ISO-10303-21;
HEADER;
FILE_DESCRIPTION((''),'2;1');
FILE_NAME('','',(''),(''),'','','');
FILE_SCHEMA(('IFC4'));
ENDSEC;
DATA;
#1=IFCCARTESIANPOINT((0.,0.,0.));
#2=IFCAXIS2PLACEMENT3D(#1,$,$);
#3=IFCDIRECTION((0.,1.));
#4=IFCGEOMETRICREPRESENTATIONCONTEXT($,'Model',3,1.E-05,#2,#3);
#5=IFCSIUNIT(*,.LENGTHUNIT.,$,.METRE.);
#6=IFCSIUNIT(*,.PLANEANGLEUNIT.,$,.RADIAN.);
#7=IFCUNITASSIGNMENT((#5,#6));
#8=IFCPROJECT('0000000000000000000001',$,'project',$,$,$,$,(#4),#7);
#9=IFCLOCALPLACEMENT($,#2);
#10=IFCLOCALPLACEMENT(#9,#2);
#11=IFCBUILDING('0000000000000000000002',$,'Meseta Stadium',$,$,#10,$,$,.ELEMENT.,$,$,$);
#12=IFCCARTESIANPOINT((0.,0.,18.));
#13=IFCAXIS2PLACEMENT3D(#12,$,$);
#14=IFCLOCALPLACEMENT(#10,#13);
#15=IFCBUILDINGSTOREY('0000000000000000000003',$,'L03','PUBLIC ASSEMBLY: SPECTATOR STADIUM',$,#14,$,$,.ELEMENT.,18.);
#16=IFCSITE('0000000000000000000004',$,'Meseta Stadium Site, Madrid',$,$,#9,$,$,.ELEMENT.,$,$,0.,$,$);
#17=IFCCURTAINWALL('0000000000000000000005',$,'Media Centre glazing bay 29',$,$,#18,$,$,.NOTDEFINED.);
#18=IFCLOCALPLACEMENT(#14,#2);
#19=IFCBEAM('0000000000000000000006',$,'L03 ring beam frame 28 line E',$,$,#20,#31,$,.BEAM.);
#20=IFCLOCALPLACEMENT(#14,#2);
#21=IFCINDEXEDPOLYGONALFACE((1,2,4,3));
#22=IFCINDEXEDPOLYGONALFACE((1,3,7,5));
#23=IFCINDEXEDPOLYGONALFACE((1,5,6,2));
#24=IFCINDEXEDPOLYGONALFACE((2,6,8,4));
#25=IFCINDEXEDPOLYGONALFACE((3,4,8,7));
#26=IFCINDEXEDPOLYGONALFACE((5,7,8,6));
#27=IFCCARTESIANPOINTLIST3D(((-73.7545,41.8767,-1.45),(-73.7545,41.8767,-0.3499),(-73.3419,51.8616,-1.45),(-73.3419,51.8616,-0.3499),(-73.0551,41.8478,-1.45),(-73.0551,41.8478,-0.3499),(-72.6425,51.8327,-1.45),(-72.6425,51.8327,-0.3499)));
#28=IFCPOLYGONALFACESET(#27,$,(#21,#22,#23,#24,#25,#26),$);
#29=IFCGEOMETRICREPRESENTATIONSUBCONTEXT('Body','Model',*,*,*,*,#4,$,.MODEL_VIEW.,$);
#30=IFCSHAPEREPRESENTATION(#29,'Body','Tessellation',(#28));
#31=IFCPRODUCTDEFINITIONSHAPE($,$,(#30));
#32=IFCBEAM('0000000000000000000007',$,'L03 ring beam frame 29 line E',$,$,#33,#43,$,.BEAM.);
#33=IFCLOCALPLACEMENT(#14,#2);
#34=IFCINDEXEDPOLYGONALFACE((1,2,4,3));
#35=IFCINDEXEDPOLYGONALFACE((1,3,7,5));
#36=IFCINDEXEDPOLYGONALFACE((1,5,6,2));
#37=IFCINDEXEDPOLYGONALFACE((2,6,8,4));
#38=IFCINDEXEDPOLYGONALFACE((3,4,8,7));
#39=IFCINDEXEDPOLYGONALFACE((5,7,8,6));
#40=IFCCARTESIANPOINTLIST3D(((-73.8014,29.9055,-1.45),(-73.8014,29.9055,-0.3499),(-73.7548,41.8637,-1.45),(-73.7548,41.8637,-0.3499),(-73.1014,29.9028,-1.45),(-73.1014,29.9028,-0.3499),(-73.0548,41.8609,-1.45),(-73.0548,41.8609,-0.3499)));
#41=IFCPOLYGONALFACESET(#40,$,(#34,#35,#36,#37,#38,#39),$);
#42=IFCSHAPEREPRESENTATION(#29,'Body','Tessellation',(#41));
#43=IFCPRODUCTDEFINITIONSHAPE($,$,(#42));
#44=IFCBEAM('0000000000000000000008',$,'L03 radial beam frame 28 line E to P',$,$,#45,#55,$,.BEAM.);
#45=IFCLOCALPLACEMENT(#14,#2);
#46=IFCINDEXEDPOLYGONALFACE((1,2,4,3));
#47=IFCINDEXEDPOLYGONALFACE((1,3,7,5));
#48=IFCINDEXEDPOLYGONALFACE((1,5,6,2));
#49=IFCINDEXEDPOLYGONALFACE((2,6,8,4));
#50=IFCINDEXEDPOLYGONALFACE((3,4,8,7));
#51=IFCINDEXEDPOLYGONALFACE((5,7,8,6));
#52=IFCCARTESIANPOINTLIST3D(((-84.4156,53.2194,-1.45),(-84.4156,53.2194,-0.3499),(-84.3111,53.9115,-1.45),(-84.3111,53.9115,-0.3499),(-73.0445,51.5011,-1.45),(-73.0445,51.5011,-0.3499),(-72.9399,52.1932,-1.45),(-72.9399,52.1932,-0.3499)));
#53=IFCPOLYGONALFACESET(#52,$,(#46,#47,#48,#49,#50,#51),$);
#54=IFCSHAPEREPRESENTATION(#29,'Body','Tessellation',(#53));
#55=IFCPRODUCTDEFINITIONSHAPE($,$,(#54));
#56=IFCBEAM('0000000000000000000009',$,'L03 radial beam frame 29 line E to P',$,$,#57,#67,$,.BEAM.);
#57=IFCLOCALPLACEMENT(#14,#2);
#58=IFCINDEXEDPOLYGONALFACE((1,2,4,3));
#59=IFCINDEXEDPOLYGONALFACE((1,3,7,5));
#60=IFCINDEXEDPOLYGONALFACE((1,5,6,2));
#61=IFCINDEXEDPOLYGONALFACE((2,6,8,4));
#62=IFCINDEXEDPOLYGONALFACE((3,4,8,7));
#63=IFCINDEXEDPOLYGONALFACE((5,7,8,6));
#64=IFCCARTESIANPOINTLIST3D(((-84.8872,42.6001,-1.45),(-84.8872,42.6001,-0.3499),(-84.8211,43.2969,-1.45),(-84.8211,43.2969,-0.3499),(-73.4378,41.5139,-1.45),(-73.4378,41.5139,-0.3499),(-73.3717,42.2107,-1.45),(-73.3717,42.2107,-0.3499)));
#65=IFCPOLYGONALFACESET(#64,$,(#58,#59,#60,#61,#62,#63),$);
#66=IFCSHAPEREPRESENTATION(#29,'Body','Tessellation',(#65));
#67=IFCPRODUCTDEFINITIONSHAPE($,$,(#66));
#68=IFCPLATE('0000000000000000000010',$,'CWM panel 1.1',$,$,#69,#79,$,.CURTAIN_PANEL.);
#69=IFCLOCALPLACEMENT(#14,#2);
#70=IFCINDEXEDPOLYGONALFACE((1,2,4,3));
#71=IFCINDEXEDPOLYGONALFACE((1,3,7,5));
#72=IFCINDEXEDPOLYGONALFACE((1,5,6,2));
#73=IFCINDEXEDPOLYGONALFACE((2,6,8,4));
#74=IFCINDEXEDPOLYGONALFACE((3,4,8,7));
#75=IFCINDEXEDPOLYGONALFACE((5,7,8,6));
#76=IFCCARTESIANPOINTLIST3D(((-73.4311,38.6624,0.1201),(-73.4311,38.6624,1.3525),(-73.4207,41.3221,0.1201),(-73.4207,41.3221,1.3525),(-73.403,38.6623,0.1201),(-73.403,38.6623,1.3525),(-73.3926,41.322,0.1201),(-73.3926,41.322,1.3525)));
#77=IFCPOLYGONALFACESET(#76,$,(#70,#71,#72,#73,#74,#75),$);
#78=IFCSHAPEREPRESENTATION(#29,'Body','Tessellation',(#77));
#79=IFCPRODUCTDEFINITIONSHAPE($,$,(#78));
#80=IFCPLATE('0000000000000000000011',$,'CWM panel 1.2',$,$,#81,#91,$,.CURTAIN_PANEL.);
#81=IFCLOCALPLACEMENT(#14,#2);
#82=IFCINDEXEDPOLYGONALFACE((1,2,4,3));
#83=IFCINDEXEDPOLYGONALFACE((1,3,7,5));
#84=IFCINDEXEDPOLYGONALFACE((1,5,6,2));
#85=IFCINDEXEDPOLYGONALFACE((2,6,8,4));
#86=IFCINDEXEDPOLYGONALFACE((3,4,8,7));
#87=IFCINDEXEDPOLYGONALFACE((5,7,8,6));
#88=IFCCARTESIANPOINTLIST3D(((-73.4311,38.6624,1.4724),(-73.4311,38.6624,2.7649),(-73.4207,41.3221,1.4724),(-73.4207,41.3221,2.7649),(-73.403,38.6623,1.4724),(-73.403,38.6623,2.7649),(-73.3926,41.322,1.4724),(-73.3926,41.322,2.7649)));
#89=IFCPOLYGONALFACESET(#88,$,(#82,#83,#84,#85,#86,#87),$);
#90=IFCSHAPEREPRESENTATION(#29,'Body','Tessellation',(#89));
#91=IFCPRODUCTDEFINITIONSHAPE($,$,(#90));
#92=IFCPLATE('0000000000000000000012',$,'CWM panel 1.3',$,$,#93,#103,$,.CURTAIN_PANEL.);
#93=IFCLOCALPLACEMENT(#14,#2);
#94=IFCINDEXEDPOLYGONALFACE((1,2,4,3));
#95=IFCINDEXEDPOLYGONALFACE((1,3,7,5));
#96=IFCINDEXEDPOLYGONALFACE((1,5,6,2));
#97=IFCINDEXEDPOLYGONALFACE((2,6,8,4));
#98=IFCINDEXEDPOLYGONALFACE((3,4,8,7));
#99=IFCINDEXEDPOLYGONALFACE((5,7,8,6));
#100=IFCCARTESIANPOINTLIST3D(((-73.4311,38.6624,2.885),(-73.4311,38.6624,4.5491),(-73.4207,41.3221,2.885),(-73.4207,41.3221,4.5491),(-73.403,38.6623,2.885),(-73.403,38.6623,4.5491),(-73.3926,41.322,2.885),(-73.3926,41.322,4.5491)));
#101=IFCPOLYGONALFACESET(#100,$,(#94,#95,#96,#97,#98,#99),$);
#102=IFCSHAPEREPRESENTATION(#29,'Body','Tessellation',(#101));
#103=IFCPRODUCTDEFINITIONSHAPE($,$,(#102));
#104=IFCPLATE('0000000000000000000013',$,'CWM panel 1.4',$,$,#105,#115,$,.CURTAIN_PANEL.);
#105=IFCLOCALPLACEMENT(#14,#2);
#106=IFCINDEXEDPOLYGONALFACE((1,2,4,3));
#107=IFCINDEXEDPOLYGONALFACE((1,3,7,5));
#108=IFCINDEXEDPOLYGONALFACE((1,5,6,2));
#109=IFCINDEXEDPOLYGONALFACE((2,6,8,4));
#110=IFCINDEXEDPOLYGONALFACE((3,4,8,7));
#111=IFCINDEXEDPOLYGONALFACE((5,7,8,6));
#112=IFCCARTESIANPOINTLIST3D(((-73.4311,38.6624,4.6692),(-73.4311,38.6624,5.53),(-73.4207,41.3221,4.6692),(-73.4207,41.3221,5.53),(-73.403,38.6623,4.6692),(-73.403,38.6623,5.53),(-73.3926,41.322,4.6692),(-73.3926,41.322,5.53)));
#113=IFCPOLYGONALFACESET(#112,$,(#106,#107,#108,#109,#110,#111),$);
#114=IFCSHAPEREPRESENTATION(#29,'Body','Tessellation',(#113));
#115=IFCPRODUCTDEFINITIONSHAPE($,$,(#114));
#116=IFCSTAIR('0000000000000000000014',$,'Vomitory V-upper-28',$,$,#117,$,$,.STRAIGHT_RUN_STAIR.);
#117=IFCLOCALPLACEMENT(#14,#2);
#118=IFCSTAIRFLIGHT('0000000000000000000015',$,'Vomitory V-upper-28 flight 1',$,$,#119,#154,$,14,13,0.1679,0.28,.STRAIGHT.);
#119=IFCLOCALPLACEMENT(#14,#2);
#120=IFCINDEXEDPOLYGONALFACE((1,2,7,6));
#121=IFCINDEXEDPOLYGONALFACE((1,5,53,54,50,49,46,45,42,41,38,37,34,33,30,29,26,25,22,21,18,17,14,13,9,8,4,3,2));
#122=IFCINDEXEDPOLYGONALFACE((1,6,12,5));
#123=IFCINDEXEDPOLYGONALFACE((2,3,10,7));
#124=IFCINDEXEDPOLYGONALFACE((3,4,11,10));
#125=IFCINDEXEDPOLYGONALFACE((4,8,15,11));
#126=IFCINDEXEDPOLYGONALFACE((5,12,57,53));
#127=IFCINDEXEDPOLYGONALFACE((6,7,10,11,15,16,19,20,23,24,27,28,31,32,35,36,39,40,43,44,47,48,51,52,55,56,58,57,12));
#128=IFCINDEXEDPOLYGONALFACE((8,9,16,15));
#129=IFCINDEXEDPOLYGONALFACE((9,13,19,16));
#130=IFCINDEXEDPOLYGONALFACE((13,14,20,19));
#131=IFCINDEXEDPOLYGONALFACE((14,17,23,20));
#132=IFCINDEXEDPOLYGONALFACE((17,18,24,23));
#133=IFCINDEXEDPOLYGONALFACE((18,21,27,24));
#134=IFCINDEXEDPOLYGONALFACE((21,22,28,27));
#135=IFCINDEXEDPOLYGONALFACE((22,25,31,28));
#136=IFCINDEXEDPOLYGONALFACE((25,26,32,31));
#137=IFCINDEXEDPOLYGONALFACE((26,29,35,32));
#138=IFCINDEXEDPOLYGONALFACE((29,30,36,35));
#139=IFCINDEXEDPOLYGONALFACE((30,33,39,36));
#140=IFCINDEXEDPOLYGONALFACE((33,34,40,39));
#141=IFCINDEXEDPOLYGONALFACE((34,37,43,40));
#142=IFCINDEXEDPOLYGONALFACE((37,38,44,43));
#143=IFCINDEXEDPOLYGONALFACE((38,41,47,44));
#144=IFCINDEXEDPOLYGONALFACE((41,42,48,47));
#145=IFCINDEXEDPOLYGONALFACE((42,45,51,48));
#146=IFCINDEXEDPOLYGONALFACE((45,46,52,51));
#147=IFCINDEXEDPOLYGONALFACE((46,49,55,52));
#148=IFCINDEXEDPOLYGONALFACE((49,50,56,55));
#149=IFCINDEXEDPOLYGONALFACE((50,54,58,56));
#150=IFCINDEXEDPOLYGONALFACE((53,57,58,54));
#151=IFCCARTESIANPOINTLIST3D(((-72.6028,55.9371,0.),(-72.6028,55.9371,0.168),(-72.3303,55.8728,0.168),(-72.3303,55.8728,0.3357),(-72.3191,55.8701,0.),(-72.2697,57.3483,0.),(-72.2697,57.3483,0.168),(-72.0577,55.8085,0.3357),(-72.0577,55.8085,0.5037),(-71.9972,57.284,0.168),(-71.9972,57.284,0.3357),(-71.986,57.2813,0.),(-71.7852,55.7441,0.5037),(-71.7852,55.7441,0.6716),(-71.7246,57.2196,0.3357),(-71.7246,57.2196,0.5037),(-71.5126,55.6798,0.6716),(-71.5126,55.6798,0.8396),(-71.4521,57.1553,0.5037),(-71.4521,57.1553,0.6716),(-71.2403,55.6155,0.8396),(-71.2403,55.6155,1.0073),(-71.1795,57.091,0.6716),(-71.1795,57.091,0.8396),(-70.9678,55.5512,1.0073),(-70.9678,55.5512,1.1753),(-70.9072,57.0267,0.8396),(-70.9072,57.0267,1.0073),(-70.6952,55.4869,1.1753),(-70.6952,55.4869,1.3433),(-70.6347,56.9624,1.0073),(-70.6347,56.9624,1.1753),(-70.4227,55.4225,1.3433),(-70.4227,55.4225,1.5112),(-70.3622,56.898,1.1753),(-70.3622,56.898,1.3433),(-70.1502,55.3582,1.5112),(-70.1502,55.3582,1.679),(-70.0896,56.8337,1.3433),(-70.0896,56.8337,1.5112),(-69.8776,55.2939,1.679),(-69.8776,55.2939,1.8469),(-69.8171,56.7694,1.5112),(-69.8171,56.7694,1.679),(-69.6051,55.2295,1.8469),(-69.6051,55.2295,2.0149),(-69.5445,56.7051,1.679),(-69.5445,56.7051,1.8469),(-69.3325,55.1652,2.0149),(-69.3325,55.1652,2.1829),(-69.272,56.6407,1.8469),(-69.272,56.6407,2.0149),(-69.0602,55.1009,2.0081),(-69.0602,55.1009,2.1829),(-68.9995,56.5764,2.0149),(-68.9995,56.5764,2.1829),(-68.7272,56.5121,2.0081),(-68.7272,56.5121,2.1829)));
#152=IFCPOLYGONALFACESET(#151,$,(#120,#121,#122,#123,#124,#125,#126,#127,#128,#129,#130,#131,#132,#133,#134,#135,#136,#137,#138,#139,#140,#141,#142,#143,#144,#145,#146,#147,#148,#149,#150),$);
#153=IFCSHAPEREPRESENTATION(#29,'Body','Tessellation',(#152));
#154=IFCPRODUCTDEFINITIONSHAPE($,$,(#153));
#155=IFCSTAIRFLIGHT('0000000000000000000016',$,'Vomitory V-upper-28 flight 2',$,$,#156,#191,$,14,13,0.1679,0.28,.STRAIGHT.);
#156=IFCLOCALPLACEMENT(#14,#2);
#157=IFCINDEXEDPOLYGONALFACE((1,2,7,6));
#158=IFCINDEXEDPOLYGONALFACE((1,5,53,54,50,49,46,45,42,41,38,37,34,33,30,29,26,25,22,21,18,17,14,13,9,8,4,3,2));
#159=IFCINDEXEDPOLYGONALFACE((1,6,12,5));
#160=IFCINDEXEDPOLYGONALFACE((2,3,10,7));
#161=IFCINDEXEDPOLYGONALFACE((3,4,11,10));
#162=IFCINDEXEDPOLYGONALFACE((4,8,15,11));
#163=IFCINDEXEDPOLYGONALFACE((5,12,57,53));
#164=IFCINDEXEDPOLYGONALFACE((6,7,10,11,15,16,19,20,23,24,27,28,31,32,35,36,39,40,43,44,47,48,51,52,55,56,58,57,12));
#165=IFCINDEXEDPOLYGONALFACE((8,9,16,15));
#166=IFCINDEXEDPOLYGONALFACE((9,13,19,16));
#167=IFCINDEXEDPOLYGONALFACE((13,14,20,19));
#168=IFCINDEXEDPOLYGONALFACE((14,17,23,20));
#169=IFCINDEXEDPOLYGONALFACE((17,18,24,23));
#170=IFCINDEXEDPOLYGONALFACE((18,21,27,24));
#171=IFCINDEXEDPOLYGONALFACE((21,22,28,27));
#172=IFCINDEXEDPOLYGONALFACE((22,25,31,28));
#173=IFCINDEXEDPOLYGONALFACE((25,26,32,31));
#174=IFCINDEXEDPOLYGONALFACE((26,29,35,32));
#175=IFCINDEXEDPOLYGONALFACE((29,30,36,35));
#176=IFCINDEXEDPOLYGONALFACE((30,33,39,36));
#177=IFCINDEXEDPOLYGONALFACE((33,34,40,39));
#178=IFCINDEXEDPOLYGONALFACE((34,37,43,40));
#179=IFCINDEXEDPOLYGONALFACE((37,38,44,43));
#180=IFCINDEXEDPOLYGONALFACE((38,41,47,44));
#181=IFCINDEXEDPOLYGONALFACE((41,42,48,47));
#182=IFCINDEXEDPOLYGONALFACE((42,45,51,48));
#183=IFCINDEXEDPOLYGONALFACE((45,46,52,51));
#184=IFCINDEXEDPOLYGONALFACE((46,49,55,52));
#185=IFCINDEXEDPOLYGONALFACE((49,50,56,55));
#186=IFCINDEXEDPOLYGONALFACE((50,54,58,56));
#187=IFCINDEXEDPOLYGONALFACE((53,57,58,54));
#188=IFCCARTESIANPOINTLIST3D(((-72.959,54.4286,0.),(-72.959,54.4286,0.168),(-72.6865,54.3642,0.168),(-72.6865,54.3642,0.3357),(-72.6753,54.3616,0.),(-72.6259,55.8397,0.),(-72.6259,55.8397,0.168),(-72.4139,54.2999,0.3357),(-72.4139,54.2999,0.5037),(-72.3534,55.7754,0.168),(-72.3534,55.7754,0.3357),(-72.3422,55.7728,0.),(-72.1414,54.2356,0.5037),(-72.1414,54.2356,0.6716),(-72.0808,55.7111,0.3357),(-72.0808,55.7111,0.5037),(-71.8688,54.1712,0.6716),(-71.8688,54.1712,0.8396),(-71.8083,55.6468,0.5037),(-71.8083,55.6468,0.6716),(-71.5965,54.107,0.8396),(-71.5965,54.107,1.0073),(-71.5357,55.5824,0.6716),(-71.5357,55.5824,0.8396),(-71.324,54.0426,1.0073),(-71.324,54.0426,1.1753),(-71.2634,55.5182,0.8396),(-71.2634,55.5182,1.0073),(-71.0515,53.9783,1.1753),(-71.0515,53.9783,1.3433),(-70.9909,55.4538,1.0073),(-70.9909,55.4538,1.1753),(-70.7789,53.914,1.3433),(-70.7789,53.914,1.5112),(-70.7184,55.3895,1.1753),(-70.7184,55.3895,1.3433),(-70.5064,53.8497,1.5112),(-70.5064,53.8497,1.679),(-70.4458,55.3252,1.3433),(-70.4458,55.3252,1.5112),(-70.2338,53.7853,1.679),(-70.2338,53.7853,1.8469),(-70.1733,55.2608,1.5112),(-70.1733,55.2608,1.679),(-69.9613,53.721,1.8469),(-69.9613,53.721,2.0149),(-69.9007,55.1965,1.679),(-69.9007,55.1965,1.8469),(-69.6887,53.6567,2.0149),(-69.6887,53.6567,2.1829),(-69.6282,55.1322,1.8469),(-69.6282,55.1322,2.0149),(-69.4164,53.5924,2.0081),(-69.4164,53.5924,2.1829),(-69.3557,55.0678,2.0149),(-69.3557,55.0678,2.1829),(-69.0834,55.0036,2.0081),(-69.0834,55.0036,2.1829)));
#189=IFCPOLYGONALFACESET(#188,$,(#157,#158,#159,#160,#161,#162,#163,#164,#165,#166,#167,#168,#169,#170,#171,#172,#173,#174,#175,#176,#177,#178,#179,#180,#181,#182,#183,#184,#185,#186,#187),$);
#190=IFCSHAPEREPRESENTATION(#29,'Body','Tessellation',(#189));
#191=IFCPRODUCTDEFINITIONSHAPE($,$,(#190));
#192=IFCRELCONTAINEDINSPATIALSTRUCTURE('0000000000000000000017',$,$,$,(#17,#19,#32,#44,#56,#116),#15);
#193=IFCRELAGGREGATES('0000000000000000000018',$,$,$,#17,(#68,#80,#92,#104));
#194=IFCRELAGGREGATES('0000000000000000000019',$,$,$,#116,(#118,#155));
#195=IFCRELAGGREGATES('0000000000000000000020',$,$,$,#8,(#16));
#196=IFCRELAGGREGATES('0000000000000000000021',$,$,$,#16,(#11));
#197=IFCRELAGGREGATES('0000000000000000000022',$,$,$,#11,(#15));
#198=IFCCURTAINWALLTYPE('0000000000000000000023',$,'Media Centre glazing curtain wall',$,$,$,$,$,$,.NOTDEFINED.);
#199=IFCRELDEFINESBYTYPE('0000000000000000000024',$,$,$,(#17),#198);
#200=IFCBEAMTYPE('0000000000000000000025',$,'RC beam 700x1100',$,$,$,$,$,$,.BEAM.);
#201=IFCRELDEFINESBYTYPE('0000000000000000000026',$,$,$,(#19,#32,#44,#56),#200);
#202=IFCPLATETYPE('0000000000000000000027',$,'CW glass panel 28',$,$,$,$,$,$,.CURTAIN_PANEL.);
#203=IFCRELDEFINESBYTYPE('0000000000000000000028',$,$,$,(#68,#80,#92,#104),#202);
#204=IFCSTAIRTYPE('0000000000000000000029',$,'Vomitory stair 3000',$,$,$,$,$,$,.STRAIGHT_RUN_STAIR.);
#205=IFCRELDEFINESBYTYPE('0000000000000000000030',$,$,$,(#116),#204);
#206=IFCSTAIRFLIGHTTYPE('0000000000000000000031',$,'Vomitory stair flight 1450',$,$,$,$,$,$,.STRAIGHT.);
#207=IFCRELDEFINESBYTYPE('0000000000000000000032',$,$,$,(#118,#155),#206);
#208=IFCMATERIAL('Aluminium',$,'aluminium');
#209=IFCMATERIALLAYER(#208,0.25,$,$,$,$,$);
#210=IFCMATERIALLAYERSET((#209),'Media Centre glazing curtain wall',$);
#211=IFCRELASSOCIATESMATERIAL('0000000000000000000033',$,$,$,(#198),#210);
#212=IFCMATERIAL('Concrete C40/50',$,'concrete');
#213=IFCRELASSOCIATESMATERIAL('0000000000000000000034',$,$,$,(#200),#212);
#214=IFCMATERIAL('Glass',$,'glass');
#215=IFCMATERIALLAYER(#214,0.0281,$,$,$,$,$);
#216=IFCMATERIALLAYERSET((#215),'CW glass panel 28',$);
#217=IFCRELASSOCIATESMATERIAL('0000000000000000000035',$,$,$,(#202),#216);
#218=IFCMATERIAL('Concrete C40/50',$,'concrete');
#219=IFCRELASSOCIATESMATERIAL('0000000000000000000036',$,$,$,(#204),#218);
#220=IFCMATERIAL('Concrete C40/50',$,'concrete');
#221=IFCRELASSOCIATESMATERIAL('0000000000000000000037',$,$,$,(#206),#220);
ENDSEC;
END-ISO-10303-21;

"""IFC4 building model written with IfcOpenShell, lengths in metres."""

from ifc_helpers import new_model, si_unit, direction, frame, origin, origin_2d, place, context, subcontext, project, spatial, polyline, rectangle, outline, extrude, material, layer, layer_set, material_profile, profile_set, type_object, element, aggregate, save


model = new_model("IFC4")

# Units and contexts
model_context = context("Model", 3, precision=1e-05, world=origin(), true_north=direction((0.0, 1.0)))
body_context = subcontext(model_context, "Body", "Model", "MODEL_VIEW")
ifc_project = project(units=[si_unit("LENGTHUNIT", "METRE"), si_unit("PLANEANGLEUNIT", "RADIAN")], contexts=[model_context])

# Site, building, storey
site_placement = place(None, origin())
site = spatial("IfcSite", under=ifc_project, at=site_placement, Name="Meseta Stadium Site, Madrid", CompositionType="ELEMENT", RefElevation=0.0)
building_placement = place(site_placement, origin())
building = spatial("IfcBuilding", under=site, at=building_placement, Name="Meseta Stadium", CompositionType="ELEMENT")
storey_placement = place(building_placement, frame((0.0, 0.0, 18.0)))
storey = spatial("IfcBuildingStorey", under=building, at=storey_placement, Name="L03", Description="PUBLIC ASSEMBLY: SPECTATOR STADIUM", CompositionType="ELEMENT", Elevation=18.0)

# Curtain wall
ifc_material_1 = material(Name="Aluminium", Category="aluminium")
ifc_layer_1 = layer(ifc_material_1, 0.25)
ifc_layer_set_1 = layer_set([ifc_layer_1], Name="Media Centre glazing curtain wall")
curtain_wall_type = type_object("IfcCurtainWallType", Name="Media Centre glazing curtain wall", PredefinedType="NOTDEFINED", material=ifc_layer_set_1)
curtain_wall_placement = place(storey_placement, origin())
curtain_wall = element("IfcCurtainWall", 1, at=curtain_wall_placement, inside=storey, type_object=curtain_wall_type, Name="Media Centre glazing bay 29", PredefinedType="NOTDEFINED")

# Beams
ifc_material_2 = material(Name="Concrete C40/50", Category="concrete")
ifc_material_profile_1 = material_profile(ifc_material_2, rectangle(XDim=0.7, YDim=1.1001, at=origin_2d()), Name="RC 700x1100")
ifc_profile_set_1 = profile_set([ifc_material_profile_1], Name="Concrete C40/50")
beam_type = type_object("IfcBeamType", Name="RC beam 700x1100", PredefinedType="BEAM", material=ifc_profile_set_1)
beam_1_placement = place(storey_placement, frame((-72.9922, 51.8472, -0.8999), z_axis=(-0.041287, -0.999147, 0.0), x_axis=(0.999147, -0.041287, 0.0)))
element("IfcBeam", 2, at=beam_1_placement, inside=storey, type_object=beam_type, Name="L03 ring beam frame 28 line E", PredefinedType="BEAM", context=body_context, shape_type="SweptSolid", body=[
    extrude(rectangle(XDim=0.7, YDim=1.1001, at=origin_2d()), origin(), (0.0, 0.0, 1.0), 9.9934),
])
beam_2_placement = place(storey_placement, frame((-73.4048, 41.8623, -0.8999), z_axis=(-0.003899, -0.999992, 0.0), x_axis=(0.999992, -0.003899, 0.0)))
element("IfcBeam", 3, at=beam_2_placement, inside=storey, type_object=beam_type, Name="L03 ring beam frame 29 line E", PredefinedType="BEAM", context=body_context, shape_type="SweptSolid", body=[
    extrude(rectangle(XDim=0.7, YDim=1.1001, at=origin_2d()), origin(), (0.0, 0.0, 1.0), 11.9583),
])
beam_3_placement = place(storey_placement, frame((-72.9922, 51.8472, -0.8999), z_axis=(-0.988775, 0.149412, 0.0), x_axis=(-0.149412, -0.988775, 0.0)))
element("IfcBeam", 4, at=beam_3_placement, inside=storey, type_object=beam_type, Name="L03 radial beam frame 28 line E to P", PredefinedType="BEAM", context=body_context, shape_type="SweptSolid", body=[
    extrude(rectangle(XDim=0.7, YDim=1.1001, at=origin_2d()), origin(), (0.0, 0.0, 1.0), 11.5002),
])
beam_4_placement = place(storey_placement, frame((-73.4048, 41.8623, -0.8999), z_axis=(-0.99553, 0.094445, 0.0), x_axis=(-0.094445, -0.99553, 0.0)))
element("IfcBeam", 5, at=beam_4_placement, inside=storey, type_object=beam_type, Name="L03 radial beam frame 29 line E to P", PredefinedType="BEAM", context=body_context, shape_type="SweptSolid", body=[
    extrude(rectangle(XDim=0.7, YDim=1.1001, at=origin_2d()), origin(), (0.0, 0.0, 1.0), 11.5007),
])

# Plates
ifc_material_3 = material(Name="Glass", Category="glass")
ifc_layer_2 = layer(ifc_material_3, 0.0281)
ifc_layer_set_2 = layer_set([ifc_layer_2], Name="CW glass panel 28")
plate_type = type_object("IfcPlateType", Name="CW glass panel 28", PredefinedType="CURTAIN_PANEL", material=ifc_layer_set_2)
plate_1_placement = place(storey_placement, frame((-73.4119, 39.9922, 0.1201), z_axis=(0.0, 0.0, 1.0), x_axis=(-0.003895, -0.999992, 0.0)))
plate_1 = element("IfcPlate", 6, at=plate_1_placement, type_object=plate_type, Name="CWM panel 1.1", PredefinedType="CURTAIN_PANEL", context=body_context, shape_type="SweptSolid", body=[
    extrude(rectangle(XDim=2.6597, YDim=0.0281, at=origin_2d()), origin(), (0.0, 0.0, 1.0), 1.2324),
])
plate_2_placement = place(storey_placement, frame((-73.4119, 39.9922, 1.4724), z_axis=(0.0, 0.0, 1.0), x_axis=(-0.003895, -0.999992, 0.0)))
plate_2 = element("IfcPlate", 7, at=plate_2_placement, type_object=plate_type, Name="CWM panel 1.2", PredefinedType="CURTAIN_PANEL", context=body_context, shape_type="SweptSolid", body=[
    extrude(rectangle(XDim=2.6597, YDim=0.0281, at=origin_2d()), origin(), (0.0, 0.0, 1.0), 1.2925),
])
plate_3_placement = place(storey_placement, frame((-73.4119, 39.9922, 2.885), z_axis=(0.0, 0.0, 1.0), x_axis=(-0.003895, -0.999992, 0.0)))
plate_3 = element("IfcPlate", 8, at=plate_3_placement, type_object=plate_type, Name="CWM panel 1.3", PredefinedType="CURTAIN_PANEL", context=body_context, shape_type="SweptSolid", body=[
    extrude(rectangle(XDim=2.6597, YDim=0.0281, at=origin_2d()), origin(), (0.0, 0.0, 1.0), 1.6641),
])
plate_4_placement = place(storey_placement, frame((-73.4119, 39.9922, 4.6692), z_axis=(0.0, 0.0, 1.0), x_axis=(-0.003895, -0.999992, 0.0)))
plate_4 = element("IfcPlate", 9, at=plate_4_placement, type_object=plate_type, Name="CWM panel 1.4", PredefinedType="CURTAIN_PANEL", context=body_context, shape_type="SweptSolid", body=[
    extrude(rectangle(XDim=2.6597, YDim=0.0281, at=origin_2d()), origin(), (0.0, 0.0, 1.0), 0.8608),
])
aggregate(curtain_wall, [plate_1, plate_2, plate_3, plate_4])

# Stair, stair flights
ifc_material_4 = material(Name="Concrete C40/50", Category="concrete")
stair_type = type_object("IfcStairType", Name="Vomitory stair 3000", PredefinedType="STRAIGHT_RUN_STAIR", material=ifc_material_4)
stair_placement = place(storey_placement, origin())
stair = element("IfcStair", 10, at=stair_placement, inside=storey, type_object=stair_type, Name="Vomitory V-upper-28", PredefinedType="STRAIGHT_RUN_STAIR")
ifc_material_5 = material(Name="Concrete C40/50", Category="concrete")
stair_flight_type = type_object("IfcStairFlightType", Name="Vomitory stair flight 1450", PredefinedType="STRAIGHT", material=ifc_material_5)
stair_flight_1_placement = place(storey_placement, frame((-72.4363, 56.6426, 0.0), z_axis=(0.0, 0.0, 1.0), x_axis=(0.973256, -0.229722, 0.0)))
stair_flight_1 = element("IfcStairFlight", 11, at=stair_flight_1_placement, type_object=stair_flight_type, Name="Vomitory V-upper-28 flight 1", NumberOfRisers=14, NumberOfTreads=13, PredefinedType="STRAIGHT", RiserHeight=0.1679, TreadLength=0.28, context=body_context, shape_type="SweptSolid", body=[
    extrude(outline(polyline([(0.0, 0.0), (0.0, 0.168), (0.28, 0.168), (0.28, 0.3357), (0.5601, 0.3357), (0.5601, 0.5037), (0.8401, 0.5037), (0.8401, 0.6716), (1.1201, 0.6716), (1.1201, 0.8396), (1.3999, 0.8396), (1.3999, 1.0073), (1.6799, 1.0073), (1.6799, 1.1753), (1.96, 1.1753), (1.96, 1.3433), (2.24, 1.3433), (2.24, 1.5112), (2.52, 1.5112), (2.52, 1.679), (2.8, 1.679), (2.8, 1.8469), (3.0801, 1.8469), (3.0801, 2.0149), (3.3601, 2.0149), (3.3601, 2.1829), (3.6399, 2.1829), (3.6399, 2.0081), (0.2915, 0.0), (0.0, 0.0)])), frame((0.0, 0.7251, 0.0), z_axis=(0.0, -1.0, 0.0), x_axis=(1.0, 0.0, 0.0)), (0.0, 0.0, 1.0), 1.45),
])
stair_flight_2_placement = place(storey_placement, frame((-72.7925, 55.134, 0.0), z_axis=(0.0, 0.0, 1.0), x_axis=(0.973256, -0.229722, 0.0)))
stair_flight_2 = element("IfcStairFlight", 12, at=stair_flight_2_placement, type_object=stair_flight_type, Name="Vomitory V-upper-28 flight 2", NumberOfRisers=14, NumberOfTreads=13, PredefinedType="STRAIGHT", RiserHeight=0.1679, TreadLength=0.28, context=body_context, shape_type="SweptSolid", body=[
    extrude(outline(polyline([(0.0, 0.0), (0.0, 0.168), (0.28, 0.168), (0.28, 0.3357), (0.5601, 0.3357), (0.5601, 0.5037), (0.8401, 0.5037), (0.8401, 0.6716), (1.1201, 0.6716), (1.1201, 0.8396), (1.3999, 0.8396), (1.3999, 1.0073), (1.6799, 1.0073), (1.6799, 1.1753), (1.96, 1.1753), (1.96, 1.3433), (2.24, 1.3433), (2.24, 1.5112), (2.52, 1.5112), (2.52, 1.679), (2.8, 1.679), (2.8, 1.8469), (3.0801, 1.8469), (3.0801, 2.0149), (3.3601, 2.0149), (3.3601, 2.1829), (3.6399, 2.1829), (3.6399, 2.0081), (0.2915, 0.0), (0.0, 0.0)])), frame((0.0, 0.7251, 0.0), z_axis=(0.0, -1.0, 0.0), x_axis=(1.0, 0.0, 0.0)), (0.0, 0.0, 1.0), 1.45),
])
aggregate(stair, [stair_flight_1, stair_flight_2])

save(model, "model.ifc")
